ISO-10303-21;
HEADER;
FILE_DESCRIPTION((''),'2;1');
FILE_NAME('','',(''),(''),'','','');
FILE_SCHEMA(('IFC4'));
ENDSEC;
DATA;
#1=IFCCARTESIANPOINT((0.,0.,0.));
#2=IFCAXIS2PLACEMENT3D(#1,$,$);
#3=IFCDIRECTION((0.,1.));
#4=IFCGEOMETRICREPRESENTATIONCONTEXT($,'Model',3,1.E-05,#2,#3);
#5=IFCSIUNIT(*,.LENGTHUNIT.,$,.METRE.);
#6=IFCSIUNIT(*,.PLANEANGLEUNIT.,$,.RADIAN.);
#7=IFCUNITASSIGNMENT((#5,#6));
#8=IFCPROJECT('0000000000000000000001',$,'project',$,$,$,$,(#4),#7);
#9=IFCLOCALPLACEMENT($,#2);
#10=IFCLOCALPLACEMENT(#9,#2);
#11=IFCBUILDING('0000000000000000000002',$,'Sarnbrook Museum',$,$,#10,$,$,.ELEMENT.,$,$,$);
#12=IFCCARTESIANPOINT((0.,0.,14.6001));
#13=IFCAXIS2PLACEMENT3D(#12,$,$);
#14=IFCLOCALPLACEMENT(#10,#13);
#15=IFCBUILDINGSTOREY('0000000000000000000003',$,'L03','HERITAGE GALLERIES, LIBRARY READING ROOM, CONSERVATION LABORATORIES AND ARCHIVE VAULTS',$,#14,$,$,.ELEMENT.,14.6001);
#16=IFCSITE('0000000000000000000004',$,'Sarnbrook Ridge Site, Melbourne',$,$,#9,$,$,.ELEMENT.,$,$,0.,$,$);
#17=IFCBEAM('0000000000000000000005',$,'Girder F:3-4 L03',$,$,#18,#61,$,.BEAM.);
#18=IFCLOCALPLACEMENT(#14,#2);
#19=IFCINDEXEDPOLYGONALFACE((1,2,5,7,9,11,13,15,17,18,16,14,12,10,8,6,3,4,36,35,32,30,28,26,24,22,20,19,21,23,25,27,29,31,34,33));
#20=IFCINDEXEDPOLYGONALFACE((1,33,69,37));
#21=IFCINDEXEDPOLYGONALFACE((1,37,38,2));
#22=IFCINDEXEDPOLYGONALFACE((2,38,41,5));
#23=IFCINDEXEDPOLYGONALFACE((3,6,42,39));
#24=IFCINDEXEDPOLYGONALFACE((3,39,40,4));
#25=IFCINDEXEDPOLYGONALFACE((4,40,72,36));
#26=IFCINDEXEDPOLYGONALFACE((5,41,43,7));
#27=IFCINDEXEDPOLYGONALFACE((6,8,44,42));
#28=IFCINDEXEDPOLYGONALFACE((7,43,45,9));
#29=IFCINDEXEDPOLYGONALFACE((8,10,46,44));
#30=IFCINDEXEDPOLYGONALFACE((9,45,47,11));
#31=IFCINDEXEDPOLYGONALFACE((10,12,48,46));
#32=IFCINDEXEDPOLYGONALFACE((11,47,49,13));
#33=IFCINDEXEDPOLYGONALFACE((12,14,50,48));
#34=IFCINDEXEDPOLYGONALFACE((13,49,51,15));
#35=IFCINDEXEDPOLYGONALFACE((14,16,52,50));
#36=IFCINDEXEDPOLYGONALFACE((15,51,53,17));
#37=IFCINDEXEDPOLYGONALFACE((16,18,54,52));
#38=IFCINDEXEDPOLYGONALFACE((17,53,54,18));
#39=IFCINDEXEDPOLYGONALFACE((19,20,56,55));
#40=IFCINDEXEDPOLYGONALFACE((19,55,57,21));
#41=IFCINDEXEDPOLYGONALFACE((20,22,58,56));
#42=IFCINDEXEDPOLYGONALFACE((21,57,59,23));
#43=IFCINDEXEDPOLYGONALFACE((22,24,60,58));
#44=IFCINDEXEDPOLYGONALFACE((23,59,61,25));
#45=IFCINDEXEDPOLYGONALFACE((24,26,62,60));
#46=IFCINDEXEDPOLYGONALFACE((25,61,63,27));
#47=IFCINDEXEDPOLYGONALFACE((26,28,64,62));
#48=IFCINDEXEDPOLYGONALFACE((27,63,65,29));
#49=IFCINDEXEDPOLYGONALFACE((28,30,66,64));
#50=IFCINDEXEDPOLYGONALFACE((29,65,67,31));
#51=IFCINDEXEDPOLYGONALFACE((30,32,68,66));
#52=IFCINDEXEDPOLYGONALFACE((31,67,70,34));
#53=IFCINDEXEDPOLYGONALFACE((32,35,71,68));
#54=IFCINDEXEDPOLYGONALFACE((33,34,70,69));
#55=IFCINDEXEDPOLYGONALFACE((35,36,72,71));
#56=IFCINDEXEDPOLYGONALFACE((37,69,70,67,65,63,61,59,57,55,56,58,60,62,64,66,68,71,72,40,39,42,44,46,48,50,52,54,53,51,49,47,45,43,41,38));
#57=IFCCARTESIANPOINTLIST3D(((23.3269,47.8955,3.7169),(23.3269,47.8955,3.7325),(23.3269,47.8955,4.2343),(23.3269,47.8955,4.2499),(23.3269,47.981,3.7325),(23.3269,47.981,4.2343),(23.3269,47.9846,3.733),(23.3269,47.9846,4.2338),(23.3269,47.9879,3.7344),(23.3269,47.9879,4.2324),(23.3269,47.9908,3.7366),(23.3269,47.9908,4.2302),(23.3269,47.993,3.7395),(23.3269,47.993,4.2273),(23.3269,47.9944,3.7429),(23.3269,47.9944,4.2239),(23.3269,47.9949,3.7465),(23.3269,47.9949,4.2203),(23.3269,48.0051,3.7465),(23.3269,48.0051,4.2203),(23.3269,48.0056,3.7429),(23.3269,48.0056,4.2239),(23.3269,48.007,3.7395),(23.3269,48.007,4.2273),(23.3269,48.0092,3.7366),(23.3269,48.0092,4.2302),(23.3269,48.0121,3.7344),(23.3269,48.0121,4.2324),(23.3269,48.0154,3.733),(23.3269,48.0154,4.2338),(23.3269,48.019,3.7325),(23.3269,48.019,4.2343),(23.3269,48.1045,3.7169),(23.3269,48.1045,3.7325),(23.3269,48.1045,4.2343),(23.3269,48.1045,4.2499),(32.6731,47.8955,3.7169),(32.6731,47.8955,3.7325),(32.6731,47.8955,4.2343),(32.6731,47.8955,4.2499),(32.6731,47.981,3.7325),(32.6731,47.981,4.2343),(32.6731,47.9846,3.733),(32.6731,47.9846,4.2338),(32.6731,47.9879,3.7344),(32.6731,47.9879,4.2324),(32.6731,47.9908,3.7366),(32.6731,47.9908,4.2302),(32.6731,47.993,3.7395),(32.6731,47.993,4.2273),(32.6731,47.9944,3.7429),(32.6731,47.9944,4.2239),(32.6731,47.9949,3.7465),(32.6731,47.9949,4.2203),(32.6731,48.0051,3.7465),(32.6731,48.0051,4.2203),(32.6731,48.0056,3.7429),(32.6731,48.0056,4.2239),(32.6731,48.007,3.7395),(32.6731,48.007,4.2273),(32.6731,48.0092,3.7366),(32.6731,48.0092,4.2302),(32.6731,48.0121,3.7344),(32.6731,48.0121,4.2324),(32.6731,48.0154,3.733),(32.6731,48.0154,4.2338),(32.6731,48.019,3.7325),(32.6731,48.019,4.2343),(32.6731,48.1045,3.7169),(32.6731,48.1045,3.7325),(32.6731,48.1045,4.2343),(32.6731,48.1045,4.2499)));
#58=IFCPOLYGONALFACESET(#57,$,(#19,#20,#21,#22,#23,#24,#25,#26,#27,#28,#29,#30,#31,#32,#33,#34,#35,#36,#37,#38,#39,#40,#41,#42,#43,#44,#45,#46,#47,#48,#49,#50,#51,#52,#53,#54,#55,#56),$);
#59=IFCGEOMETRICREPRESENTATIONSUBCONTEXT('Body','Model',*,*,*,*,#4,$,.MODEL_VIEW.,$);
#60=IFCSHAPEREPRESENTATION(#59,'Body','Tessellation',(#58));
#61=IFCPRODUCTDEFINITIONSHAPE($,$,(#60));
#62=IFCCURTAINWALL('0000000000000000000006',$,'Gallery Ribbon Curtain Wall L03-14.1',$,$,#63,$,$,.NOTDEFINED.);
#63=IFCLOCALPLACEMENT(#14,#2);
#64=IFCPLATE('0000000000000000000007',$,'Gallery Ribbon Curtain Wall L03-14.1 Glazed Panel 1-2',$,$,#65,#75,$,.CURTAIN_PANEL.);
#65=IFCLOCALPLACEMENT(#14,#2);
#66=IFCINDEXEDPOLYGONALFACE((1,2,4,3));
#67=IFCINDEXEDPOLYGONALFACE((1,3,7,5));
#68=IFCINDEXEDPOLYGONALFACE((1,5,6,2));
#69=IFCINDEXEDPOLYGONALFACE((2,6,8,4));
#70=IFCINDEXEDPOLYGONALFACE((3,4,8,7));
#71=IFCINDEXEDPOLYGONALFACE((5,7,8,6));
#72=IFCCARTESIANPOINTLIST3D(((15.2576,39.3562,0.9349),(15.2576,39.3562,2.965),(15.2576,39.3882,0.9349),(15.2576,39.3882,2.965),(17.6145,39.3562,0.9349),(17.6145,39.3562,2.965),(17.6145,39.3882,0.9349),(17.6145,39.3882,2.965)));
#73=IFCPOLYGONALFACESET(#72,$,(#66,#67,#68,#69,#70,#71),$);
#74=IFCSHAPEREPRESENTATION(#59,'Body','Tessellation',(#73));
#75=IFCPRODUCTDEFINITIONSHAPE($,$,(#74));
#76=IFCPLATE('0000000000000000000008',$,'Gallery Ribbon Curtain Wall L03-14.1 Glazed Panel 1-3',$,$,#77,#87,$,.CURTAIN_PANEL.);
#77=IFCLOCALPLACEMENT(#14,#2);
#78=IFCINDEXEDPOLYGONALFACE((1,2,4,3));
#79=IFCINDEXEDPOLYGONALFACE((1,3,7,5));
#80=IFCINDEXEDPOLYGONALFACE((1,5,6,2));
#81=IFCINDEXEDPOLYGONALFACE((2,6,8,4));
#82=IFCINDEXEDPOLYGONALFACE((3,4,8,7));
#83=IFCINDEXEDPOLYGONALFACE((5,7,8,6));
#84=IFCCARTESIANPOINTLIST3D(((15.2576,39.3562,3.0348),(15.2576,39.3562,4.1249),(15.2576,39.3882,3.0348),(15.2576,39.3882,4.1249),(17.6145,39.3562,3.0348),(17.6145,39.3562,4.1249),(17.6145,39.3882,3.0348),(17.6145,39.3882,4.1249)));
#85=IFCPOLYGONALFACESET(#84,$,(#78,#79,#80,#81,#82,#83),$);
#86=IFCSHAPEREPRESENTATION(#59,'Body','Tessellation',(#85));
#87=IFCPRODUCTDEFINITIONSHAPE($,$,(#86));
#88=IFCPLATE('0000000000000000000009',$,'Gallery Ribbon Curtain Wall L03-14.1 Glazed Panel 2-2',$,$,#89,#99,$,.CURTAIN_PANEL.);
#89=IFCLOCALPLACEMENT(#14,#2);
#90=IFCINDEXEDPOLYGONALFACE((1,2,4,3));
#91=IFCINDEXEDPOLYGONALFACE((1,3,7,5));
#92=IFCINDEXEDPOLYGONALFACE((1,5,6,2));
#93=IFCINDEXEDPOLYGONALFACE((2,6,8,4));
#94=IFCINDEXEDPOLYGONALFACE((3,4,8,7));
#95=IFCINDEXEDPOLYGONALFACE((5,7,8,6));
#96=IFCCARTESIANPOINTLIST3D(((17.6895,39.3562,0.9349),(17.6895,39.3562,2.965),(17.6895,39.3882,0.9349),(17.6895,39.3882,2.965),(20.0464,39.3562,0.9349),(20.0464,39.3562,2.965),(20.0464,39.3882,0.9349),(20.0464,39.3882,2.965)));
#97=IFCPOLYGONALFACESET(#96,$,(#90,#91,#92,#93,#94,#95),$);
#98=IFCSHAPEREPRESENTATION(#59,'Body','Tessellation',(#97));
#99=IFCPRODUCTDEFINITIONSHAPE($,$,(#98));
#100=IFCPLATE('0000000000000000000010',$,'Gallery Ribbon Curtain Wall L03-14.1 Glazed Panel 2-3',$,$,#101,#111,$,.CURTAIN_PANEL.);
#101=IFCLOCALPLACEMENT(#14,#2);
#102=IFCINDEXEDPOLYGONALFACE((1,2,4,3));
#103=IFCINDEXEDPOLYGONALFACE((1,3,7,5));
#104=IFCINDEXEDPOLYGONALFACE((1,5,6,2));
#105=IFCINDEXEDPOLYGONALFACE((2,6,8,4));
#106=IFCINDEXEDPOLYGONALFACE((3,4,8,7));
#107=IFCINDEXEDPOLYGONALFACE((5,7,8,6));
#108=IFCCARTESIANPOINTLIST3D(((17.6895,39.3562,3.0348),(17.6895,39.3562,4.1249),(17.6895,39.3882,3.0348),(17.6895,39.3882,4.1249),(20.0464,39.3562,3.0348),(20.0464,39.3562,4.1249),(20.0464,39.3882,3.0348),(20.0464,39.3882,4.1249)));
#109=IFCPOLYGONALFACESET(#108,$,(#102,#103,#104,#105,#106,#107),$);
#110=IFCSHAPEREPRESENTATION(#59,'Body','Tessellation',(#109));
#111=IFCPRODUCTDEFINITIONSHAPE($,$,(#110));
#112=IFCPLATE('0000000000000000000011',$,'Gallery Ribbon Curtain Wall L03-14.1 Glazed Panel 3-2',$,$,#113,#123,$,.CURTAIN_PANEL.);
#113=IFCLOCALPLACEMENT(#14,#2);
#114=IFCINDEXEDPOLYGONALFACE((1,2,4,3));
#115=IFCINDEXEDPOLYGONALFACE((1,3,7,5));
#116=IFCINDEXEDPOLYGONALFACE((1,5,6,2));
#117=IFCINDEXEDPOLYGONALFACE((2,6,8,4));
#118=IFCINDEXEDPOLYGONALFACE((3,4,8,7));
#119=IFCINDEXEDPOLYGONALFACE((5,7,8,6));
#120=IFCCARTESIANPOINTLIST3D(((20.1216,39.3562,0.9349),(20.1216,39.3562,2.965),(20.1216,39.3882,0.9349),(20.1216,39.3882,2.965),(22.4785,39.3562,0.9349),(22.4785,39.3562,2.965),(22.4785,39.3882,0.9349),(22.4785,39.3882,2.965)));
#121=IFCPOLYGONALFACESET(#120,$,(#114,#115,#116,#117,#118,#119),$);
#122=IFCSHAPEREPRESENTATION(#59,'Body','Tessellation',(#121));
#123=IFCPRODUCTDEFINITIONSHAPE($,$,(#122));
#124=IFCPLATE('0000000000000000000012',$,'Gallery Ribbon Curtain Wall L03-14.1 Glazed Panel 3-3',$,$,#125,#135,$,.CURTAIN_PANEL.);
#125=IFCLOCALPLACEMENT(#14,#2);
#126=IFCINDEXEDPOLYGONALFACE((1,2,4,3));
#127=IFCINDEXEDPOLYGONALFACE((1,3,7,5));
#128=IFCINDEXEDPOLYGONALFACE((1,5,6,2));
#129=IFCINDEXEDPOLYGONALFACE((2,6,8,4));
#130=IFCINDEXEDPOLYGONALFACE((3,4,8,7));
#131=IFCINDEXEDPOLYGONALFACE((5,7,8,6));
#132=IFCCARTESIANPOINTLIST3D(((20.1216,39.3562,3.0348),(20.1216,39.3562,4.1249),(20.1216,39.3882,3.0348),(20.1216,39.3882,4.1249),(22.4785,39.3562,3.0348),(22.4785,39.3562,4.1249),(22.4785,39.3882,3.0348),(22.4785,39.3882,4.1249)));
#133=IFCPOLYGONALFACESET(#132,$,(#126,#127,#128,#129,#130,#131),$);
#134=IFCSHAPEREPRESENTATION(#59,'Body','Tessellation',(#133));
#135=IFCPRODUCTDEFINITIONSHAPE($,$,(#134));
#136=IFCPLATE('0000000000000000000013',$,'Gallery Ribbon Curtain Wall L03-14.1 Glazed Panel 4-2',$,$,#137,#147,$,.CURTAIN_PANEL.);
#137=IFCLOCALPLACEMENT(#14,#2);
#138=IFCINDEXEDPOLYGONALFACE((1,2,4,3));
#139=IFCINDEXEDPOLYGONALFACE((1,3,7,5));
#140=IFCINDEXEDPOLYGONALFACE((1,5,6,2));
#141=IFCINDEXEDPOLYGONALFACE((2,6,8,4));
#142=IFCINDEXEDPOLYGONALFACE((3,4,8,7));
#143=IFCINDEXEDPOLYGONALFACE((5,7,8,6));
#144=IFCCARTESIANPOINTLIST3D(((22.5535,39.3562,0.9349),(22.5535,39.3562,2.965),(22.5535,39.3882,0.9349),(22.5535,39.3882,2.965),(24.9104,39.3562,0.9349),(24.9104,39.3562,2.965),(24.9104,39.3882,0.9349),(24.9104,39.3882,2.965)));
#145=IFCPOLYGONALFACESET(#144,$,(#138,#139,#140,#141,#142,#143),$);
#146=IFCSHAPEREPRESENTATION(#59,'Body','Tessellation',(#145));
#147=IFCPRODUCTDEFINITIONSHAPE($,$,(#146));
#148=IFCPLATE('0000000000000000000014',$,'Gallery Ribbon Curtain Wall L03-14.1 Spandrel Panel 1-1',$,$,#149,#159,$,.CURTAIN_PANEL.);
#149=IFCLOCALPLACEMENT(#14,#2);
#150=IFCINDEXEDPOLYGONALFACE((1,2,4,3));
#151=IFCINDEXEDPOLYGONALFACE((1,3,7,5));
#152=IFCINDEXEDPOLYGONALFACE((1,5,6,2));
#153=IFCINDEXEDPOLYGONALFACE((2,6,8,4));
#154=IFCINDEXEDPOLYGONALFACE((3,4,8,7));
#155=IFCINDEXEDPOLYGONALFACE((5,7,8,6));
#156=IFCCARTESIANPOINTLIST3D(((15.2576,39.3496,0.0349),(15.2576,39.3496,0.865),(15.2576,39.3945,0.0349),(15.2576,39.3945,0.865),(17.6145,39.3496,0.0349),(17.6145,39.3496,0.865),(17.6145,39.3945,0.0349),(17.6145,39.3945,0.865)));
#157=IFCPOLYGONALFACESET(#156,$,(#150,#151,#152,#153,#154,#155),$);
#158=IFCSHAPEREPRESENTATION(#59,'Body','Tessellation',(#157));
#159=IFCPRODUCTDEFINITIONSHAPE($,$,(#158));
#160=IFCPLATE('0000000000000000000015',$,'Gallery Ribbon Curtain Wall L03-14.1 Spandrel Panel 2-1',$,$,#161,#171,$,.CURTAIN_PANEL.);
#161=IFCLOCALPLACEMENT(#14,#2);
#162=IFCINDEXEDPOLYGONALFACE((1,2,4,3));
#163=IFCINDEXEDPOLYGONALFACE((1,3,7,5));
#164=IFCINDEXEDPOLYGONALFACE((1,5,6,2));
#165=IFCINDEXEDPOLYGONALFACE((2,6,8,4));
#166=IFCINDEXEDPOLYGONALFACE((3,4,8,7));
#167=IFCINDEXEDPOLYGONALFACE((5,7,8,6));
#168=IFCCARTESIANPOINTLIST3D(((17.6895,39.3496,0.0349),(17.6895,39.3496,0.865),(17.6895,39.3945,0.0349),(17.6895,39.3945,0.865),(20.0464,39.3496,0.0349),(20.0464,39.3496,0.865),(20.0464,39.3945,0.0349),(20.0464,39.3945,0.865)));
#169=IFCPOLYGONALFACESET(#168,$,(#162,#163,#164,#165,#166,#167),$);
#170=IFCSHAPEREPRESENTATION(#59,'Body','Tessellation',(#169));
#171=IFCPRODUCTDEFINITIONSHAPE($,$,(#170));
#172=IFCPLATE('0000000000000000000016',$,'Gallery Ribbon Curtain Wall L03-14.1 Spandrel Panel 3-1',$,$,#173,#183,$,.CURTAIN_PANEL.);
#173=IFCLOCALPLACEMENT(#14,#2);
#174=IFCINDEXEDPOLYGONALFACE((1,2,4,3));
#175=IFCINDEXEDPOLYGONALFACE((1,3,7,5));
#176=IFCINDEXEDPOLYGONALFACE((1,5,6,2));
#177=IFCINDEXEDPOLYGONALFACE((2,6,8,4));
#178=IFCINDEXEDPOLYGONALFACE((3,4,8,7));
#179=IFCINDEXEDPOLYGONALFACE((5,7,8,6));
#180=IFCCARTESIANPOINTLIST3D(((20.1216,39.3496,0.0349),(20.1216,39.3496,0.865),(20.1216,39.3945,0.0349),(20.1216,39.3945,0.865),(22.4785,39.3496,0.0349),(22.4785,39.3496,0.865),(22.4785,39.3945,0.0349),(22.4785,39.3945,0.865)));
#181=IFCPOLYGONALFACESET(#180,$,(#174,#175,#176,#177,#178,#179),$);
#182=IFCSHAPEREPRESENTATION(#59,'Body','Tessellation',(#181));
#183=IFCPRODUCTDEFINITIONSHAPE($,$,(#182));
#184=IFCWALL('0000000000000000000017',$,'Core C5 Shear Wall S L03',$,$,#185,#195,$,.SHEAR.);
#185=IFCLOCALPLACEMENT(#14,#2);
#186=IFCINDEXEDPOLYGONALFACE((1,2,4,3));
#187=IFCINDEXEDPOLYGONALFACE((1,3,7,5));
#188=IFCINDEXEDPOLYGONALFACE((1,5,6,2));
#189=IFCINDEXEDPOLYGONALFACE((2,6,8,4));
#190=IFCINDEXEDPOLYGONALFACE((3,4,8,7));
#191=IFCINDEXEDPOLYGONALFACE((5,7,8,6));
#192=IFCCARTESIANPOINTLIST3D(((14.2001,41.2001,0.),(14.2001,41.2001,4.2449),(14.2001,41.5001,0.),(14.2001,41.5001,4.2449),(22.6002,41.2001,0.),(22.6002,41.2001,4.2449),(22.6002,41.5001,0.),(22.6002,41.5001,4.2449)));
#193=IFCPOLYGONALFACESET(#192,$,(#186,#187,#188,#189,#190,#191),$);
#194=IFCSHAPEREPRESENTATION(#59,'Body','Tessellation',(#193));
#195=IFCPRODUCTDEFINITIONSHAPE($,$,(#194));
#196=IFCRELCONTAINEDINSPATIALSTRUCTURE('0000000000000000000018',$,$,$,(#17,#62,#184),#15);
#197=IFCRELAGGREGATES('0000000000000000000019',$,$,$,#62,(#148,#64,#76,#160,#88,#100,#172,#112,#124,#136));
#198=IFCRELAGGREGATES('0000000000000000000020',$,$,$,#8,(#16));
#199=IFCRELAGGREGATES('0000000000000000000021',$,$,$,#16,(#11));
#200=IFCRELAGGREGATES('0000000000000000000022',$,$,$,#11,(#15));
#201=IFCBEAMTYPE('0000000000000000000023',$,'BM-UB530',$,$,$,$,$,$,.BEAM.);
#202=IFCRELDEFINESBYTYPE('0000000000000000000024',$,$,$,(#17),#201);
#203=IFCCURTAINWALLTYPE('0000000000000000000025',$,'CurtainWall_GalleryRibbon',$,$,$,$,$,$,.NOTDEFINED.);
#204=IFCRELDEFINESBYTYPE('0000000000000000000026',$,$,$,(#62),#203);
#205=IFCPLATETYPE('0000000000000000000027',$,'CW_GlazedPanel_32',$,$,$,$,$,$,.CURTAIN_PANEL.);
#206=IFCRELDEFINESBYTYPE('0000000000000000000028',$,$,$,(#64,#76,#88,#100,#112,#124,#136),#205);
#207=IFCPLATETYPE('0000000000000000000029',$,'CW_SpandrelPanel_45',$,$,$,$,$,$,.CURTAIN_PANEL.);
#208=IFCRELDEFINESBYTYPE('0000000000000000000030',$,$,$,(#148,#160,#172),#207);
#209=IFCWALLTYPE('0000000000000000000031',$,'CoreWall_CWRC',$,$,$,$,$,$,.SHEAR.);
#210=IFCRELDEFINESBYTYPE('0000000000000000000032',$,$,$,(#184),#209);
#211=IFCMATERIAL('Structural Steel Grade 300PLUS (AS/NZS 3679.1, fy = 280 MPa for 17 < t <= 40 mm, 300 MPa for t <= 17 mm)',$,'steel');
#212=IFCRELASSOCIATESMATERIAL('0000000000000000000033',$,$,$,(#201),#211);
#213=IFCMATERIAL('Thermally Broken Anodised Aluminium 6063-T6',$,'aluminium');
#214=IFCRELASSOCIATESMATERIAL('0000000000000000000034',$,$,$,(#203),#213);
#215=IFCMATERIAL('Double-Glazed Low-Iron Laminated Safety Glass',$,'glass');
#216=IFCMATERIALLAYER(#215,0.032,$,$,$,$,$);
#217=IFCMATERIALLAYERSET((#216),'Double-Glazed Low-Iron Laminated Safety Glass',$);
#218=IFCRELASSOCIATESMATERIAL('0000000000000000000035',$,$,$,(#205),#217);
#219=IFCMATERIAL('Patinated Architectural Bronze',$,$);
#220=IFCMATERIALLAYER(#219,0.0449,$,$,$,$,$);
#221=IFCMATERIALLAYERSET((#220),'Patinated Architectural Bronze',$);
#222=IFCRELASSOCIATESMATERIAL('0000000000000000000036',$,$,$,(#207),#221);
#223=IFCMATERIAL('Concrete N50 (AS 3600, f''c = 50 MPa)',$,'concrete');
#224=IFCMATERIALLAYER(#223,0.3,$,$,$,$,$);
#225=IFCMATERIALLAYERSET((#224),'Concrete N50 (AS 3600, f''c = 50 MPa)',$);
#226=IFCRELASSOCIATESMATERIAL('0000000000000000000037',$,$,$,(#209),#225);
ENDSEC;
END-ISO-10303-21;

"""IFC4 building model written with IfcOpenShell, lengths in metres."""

from ifc_helpers import new_model, si_unit, direction, frame, frame_2d, origin, origin_2d, place, context, subcontext, project, spatial, rectangle, i_section, extrude, material, layer, layer_set, material_profile, profile_set, type_object, element, aggregate, save


model = new_model("IFC4")

# Units and contexts
model_context = context("Model", 3, precision=1e-05, world=origin(), true_north=direction((0.0, 1.0)))
body_context = subcontext(model_context, "Body", "Model", "MODEL_VIEW")
ifc_project = project(units=[si_unit("LENGTHUNIT", "METRE"), si_unit("PLANEANGLEUNIT", "RADIAN")], contexts=[model_context])

# Site, building, storey
site_placement = place(None, origin())
site = spatial("IfcSite", under=ifc_project, at=site_placement, Name="Sarnbrook Ridge Site, Melbourne", CompositionType="ELEMENT", RefElevation=0.0)
building_placement = place(site_placement, origin())
building = spatial("IfcBuilding", under=site, at=building_placement, Name="Sarnbrook Museum", CompositionType="ELEMENT")
storey_placement = place(building_placement, frame((0.0, 0.0, 14.6001)))
storey = spatial("IfcBuildingStorey", under=building, at=storey_placement, Name="L03", Description="HERITAGE GALLERIES, LIBRARY READING ROOM, CONSERVATION LABORATORIES AND ARCHIVE VAULTS", CompositionType="ELEMENT", Elevation=14.6001)

# Shared definitions
ifc_material_1 = material(Name="Structural Steel Grade 300PLUS (AS/NZS 3679.1, fy = 280 MPa for 17 < t <= 40 mm, 300 MPa for t <= 17 mm)", Category="steel")

# Beam
ifc_material_profile_1 = material_profile(ifc_material_1, i_section(OverallWidth=0.209, OverallDepth=0.533, WebThickness=0.0103, FlangeThickness=0.0156, FilletRadius=0.0139, at=origin_2d()), Name="530UB92.4")
ifc_profile_set_1 = profile_set([ifc_material_profile_1], Name="Structural Steel Grade 300PLUS (AS/NZS 3679.1, fy = 280 MPa for 17 < t <= 40 mm, 300 MPa for t <= 17 mm)")
beam_type_1 = type_object("IfcBeamType", Name="BM-UB530", PredefinedType="BEAM", material=ifc_profile_set_1)
beam_placement = place(storey_placement, frame((23.3269, 48.0, 3.9834), z_axis=(1.0, 0.0, 0.0), x_axis=(0.0, 1.0, 0.0)))
element("IfcBeam", 1, at=beam_placement, inside=storey, type_object=beam_type_1, Name="Girder F:3-4 L03", PredefinedType="BEAM", context=body_context, shape_type="SweptSolid", body=[
    extrude(i_section(OverallWidth=0.209, OverallDepth=0.533, WebThickness=0.0103, FlangeThickness=0.0156, FilletRadius=0.0139, at=origin_2d()), origin(), (0.0, 0.0, 1.0), 9.3462),
])

# Curtain wall, plates
ifc_material_2 = material(Name="Thermally Broken Anodised Aluminium 6063-T6", Category="aluminium")
curtain_wall_type = type_object("IfcCurtainWallType", Name="CurtainWall_GalleryRibbon", PredefinedType="NOTDEFINED", material=ifc_material_2)
curtain_wall_placement = place(storey_placement, origin())
curtain_wall = element("IfcCurtainWall", 2, at=curtain_wall_placement, inside=storey, type_object=curtain_wall_type, Name="Gallery Ribbon Curtain Wall L03-14.1", PredefinedType="NOTDEFINED")
ifc_material_3 = material(Name="Double-Glazed Low-Iron Laminated Safety Glass", Category="glass")
ifc_layer_1 = layer(ifc_material_3, 0.032)
ifc_layer_set_1 = layer_set([ifc_layer_1], Name="Double-Glazed Low-Iron Laminated Safety Glass")
plate_type_1 = type_object("IfcPlateType", Name="CW_GlazedPanel_32", PredefinedType="CURTAIN_PANEL", material=ifc_layer_set_1)
plate_1_placement = place(storey_placement, frame((16.436, 39.3882, 1.95), z_axis=(0.0, -1.0, 0.0), x_axis=(1.0, 0.0, 0.0)))
plate_1 = element("IfcPlate", 3, at=plate_1_placement, type_object=plate_type_1, Name="Gallery Ribbon Curtain Wall L03-14.1 Glazed Panel 1-2", PredefinedType="CURTAIN_PANEL", context=body_context, shape_type="SweptSolid", body=[
    extrude(rectangle(XDim=2.3569, YDim=2.03, at=origin_2d()), origin(), (0.0, 0.0, 1.0), 0.032),
])
plate_2_placement = place(storey_placement, frame((16.436, 39.3882, 3.5798), z_axis=(0.0, -1.0, 0.0), x_axis=(1.0, 0.0, 0.0)))
plate_2 = element("IfcPlate", 4, at=plate_2_placement, type_object=plate_type_1, Name="Gallery Ribbon Curtain Wall L03-14.1 Glazed Panel 1-3", PredefinedType="CURTAIN_PANEL", context=body_context, shape_type="SweptSolid", body=[
    extrude(rectangle(XDim=2.3569, YDim=1.0901, at=origin_2d()), origin(), (0.0, 0.0, 1.0), 0.032),
])
plate_3_placement = place(storey_placement, frame((18.8679, 39.3882, 1.95), z_axis=(0.0, -1.0, 0.0), x_axis=(1.0, 0.0, 0.0)))
plate_3 = element("IfcPlate", 5, at=plate_3_placement, type_object=plate_type_1, Name="Gallery Ribbon Curtain Wall L03-14.1 Glazed Panel 2-2", PredefinedType="CURTAIN_PANEL", context=body_context, shape_type="SweptSolid", body=[
    extrude(rectangle(XDim=2.3569, YDim=2.03, at=origin_2d()), origin(), (0.0, 0.0, 1.0), 0.032),
])
plate_4_placement = place(storey_placement, frame((18.8679, 39.3882, 3.5798), z_axis=(0.0, -1.0, 0.0), x_axis=(1.0, 0.0, 0.0)))
plate_4 = element("IfcPlate", 6, at=plate_4_placement, type_object=plate_type_1, Name="Gallery Ribbon Curtain Wall L03-14.1 Glazed Panel 2-3", PredefinedType="CURTAIN_PANEL", context=body_context, shape_type="SweptSolid", body=[
    extrude(rectangle(XDim=2.3569, YDim=1.0901, at=origin_2d()), origin(), (0.0, 0.0, 1.0), 0.032),
])
plate_5_placement = place(storey_placement, frame((21.3, 39.3882, 1.95), z_axis=(0.0, -1.0, 0.0), x_axis=(1.0, 0.0, 0.0)))
plate_5 = element("IfcPlate", 7, at=plate_5_placement, type_object=plate_type_1, Name="Gallery Ribbon Curtain Wall L03-14.1 Glazed Panel 3-2", PredefinedType="CURTAIN_PANEL", context=body_context, shape_type="SweptSolid", body=[
    extrude(rectangle(XDim=2.3569, YDim=2.03, at=origin_2d()), origin(), (0.0, 0.0, 1.0), 0.032),
])
plate_6_placement = place(storey_placement, frame((21.3, 39.3882, 3.5798), z_axis=(0.0, -1.0, 0.0), x_axis=(1.0, 0.0, 0.0)))
plate_6 = element("IfcPlate", 8, at=plate_6_placement, type_object=plate_type_1, Name="Gallery Ribbon Curtain Wall L03-14.1 Glazed Panel 3-3", PredefinedType="CURTAIN_PANEL", context=body_context, shape_type="SweptSolid", body=[
    extrude(rectangle(XDim=2.3569, YDim=1.0901, at=origin_2d()), origin(), (0.0, 0.0, 1.0), 0.032),
])
plate_7_placement = place(storey_placement, frame((23.7319, 39.3882, 1.95), z_axis=(0.0, -1.0, 0.0), x_axis=(1.0, 0.0, 0.0)))
plate_7 = element("IfcPlate", 9, at=plate_7_placement, type_object=plate_type_1, Name="Gallery Ribbon Curtain Wall L03-14.1 Glazed Panel 4-2", PredefinedType="CURTAIN_PANEL", context=body_context, shape_type="SweptSolid", body=[
    extrude(rectangle(XDim=2.3569, YDim=2.03, at=origin_2d()), origin(), (0.0, 0.0, 1.0), 0.032),
])
ifc_material_4 = material(Name="Patinated Architectural Bronze")
ifc_layer_2 = layer(ifc_material_4, 0.0449)
ifc_layer_set_2 = layer_set([ifc_layer_2], Name="Patinated Architectural Bronze")
plate_type_2 = type_object("IfcPlateType", Name="CW_SpandrelPanel_45", PredefinedType="CURTAIN_PANEL", material=ifc_layer_set_2)
plate_8_placement = place(storey_placement, frame((16.436, 39.3945, 0.45), z_axis=(0.0, -1.0, 0.0), x_axis=(1.0, 0.0, 0.0)))
plate_8 = element("IfcPlate", 10, at=plate_8_placement, type_object=plate_type_2, Name="Gallery Ribbon Curtain Wall L03-14.1 Spandrel Panel 1-1", PredefinedType="CURTAIN_PANEL", context=body_context, shape_type="SweptSolid", body=[
    extrude(rectangle(XDim=2.3569, YDim=0.8301, at=origin_2d()), origin(), (0.0, 0.0, 1.0), 0.0449),
])
plate_9_placement = place(storey_placement, frame((18.8679, 39.3945, 0.45), z_axis=(0.0, -1.0, 0.0), x_axis=(1.0, 0.0, 0.0)))
plate_9 = element("IfcPlate", 11, at=plate_9_placement, type_object=plate_type_2, Name="Gallery Ribbon Curtain Wall L03-14.1 Spandrel Panel 2-1", PredefinedType="CURTAIN_PANEL", context=body_context, shape_type="SweptSolid", body=[
    extrude(rectangle(XDim=2.3569, YDim=0.8301, at=origin_2d()), origin(), (0.0, 0.0, 1.0), 0.0449),
])
plate_10_placement = place(storey_placement, frame((21.3, 39.3945, 0.45), z_axis=(0.0, -1.0, 0.0), x_axis=(1.0, 0.0, 0.0)))
plate_10 = element("IfcPlate", 12, at=plate_10_placement, type_object=plate_type_2, Name="Gallery Ribbon Curtain Wall L03-14.1 Spandrel Panel 3-1", PredefinedType="CURTAIN_PANEL", context=body_context, shape_type="SweptSolid", body=[
    extrude(rectangle(XDim=2.3569, YDim=0.8301, at=origin_2d()), origin(), (0.0, 0.0, 1.0), 0.0449),
])
aggregate(curtain_wall, [plate_8, plate_1, plate_2, plate_9, plate_3, plate_4, plate_10, plate_5, plate_6, plate_7])

# Wall
ifc_material_5 = material(Name="Concrete N50 (AS 3600, f'c = 50 MPa)", Category="concrete")
ifc_layer_3 = layer(ifc_material_5, 0.3)
ifc_layer_set_3 = layer_set([ifc_layer_3], Name="Concrete N50 (AS 3600, f'c = 50 MPa)")
wall_type_1 = type_object("IfcWallType", Name="CoreWall_CWRC", PredefinedType="SHEAR", material=ifc_layer_set_3)
wall_1_placement = place(storey_placement, frame((14.2, 41.3501, 0.0), z_axis=(0.0, 0.0, 1.0), x_axis=(1.0, 0.0, 0.0)))
element("IfcWall", 13, at=wall_1_placement, inside=storey, type_object=wall_type_1, Name="Core C5 Shear Wall S L03", PredefinedType="SHEAR", context=body_context, shape_type="SweptSolid", body=[
    extrude(rectangle(XDim=8.4001, YDim=0.3, at=frame_2d((4.2002, 0.0))), origin(), (0.0, 0.0, 1.0), 4.2449),
])

save(model, "model.ifc")
